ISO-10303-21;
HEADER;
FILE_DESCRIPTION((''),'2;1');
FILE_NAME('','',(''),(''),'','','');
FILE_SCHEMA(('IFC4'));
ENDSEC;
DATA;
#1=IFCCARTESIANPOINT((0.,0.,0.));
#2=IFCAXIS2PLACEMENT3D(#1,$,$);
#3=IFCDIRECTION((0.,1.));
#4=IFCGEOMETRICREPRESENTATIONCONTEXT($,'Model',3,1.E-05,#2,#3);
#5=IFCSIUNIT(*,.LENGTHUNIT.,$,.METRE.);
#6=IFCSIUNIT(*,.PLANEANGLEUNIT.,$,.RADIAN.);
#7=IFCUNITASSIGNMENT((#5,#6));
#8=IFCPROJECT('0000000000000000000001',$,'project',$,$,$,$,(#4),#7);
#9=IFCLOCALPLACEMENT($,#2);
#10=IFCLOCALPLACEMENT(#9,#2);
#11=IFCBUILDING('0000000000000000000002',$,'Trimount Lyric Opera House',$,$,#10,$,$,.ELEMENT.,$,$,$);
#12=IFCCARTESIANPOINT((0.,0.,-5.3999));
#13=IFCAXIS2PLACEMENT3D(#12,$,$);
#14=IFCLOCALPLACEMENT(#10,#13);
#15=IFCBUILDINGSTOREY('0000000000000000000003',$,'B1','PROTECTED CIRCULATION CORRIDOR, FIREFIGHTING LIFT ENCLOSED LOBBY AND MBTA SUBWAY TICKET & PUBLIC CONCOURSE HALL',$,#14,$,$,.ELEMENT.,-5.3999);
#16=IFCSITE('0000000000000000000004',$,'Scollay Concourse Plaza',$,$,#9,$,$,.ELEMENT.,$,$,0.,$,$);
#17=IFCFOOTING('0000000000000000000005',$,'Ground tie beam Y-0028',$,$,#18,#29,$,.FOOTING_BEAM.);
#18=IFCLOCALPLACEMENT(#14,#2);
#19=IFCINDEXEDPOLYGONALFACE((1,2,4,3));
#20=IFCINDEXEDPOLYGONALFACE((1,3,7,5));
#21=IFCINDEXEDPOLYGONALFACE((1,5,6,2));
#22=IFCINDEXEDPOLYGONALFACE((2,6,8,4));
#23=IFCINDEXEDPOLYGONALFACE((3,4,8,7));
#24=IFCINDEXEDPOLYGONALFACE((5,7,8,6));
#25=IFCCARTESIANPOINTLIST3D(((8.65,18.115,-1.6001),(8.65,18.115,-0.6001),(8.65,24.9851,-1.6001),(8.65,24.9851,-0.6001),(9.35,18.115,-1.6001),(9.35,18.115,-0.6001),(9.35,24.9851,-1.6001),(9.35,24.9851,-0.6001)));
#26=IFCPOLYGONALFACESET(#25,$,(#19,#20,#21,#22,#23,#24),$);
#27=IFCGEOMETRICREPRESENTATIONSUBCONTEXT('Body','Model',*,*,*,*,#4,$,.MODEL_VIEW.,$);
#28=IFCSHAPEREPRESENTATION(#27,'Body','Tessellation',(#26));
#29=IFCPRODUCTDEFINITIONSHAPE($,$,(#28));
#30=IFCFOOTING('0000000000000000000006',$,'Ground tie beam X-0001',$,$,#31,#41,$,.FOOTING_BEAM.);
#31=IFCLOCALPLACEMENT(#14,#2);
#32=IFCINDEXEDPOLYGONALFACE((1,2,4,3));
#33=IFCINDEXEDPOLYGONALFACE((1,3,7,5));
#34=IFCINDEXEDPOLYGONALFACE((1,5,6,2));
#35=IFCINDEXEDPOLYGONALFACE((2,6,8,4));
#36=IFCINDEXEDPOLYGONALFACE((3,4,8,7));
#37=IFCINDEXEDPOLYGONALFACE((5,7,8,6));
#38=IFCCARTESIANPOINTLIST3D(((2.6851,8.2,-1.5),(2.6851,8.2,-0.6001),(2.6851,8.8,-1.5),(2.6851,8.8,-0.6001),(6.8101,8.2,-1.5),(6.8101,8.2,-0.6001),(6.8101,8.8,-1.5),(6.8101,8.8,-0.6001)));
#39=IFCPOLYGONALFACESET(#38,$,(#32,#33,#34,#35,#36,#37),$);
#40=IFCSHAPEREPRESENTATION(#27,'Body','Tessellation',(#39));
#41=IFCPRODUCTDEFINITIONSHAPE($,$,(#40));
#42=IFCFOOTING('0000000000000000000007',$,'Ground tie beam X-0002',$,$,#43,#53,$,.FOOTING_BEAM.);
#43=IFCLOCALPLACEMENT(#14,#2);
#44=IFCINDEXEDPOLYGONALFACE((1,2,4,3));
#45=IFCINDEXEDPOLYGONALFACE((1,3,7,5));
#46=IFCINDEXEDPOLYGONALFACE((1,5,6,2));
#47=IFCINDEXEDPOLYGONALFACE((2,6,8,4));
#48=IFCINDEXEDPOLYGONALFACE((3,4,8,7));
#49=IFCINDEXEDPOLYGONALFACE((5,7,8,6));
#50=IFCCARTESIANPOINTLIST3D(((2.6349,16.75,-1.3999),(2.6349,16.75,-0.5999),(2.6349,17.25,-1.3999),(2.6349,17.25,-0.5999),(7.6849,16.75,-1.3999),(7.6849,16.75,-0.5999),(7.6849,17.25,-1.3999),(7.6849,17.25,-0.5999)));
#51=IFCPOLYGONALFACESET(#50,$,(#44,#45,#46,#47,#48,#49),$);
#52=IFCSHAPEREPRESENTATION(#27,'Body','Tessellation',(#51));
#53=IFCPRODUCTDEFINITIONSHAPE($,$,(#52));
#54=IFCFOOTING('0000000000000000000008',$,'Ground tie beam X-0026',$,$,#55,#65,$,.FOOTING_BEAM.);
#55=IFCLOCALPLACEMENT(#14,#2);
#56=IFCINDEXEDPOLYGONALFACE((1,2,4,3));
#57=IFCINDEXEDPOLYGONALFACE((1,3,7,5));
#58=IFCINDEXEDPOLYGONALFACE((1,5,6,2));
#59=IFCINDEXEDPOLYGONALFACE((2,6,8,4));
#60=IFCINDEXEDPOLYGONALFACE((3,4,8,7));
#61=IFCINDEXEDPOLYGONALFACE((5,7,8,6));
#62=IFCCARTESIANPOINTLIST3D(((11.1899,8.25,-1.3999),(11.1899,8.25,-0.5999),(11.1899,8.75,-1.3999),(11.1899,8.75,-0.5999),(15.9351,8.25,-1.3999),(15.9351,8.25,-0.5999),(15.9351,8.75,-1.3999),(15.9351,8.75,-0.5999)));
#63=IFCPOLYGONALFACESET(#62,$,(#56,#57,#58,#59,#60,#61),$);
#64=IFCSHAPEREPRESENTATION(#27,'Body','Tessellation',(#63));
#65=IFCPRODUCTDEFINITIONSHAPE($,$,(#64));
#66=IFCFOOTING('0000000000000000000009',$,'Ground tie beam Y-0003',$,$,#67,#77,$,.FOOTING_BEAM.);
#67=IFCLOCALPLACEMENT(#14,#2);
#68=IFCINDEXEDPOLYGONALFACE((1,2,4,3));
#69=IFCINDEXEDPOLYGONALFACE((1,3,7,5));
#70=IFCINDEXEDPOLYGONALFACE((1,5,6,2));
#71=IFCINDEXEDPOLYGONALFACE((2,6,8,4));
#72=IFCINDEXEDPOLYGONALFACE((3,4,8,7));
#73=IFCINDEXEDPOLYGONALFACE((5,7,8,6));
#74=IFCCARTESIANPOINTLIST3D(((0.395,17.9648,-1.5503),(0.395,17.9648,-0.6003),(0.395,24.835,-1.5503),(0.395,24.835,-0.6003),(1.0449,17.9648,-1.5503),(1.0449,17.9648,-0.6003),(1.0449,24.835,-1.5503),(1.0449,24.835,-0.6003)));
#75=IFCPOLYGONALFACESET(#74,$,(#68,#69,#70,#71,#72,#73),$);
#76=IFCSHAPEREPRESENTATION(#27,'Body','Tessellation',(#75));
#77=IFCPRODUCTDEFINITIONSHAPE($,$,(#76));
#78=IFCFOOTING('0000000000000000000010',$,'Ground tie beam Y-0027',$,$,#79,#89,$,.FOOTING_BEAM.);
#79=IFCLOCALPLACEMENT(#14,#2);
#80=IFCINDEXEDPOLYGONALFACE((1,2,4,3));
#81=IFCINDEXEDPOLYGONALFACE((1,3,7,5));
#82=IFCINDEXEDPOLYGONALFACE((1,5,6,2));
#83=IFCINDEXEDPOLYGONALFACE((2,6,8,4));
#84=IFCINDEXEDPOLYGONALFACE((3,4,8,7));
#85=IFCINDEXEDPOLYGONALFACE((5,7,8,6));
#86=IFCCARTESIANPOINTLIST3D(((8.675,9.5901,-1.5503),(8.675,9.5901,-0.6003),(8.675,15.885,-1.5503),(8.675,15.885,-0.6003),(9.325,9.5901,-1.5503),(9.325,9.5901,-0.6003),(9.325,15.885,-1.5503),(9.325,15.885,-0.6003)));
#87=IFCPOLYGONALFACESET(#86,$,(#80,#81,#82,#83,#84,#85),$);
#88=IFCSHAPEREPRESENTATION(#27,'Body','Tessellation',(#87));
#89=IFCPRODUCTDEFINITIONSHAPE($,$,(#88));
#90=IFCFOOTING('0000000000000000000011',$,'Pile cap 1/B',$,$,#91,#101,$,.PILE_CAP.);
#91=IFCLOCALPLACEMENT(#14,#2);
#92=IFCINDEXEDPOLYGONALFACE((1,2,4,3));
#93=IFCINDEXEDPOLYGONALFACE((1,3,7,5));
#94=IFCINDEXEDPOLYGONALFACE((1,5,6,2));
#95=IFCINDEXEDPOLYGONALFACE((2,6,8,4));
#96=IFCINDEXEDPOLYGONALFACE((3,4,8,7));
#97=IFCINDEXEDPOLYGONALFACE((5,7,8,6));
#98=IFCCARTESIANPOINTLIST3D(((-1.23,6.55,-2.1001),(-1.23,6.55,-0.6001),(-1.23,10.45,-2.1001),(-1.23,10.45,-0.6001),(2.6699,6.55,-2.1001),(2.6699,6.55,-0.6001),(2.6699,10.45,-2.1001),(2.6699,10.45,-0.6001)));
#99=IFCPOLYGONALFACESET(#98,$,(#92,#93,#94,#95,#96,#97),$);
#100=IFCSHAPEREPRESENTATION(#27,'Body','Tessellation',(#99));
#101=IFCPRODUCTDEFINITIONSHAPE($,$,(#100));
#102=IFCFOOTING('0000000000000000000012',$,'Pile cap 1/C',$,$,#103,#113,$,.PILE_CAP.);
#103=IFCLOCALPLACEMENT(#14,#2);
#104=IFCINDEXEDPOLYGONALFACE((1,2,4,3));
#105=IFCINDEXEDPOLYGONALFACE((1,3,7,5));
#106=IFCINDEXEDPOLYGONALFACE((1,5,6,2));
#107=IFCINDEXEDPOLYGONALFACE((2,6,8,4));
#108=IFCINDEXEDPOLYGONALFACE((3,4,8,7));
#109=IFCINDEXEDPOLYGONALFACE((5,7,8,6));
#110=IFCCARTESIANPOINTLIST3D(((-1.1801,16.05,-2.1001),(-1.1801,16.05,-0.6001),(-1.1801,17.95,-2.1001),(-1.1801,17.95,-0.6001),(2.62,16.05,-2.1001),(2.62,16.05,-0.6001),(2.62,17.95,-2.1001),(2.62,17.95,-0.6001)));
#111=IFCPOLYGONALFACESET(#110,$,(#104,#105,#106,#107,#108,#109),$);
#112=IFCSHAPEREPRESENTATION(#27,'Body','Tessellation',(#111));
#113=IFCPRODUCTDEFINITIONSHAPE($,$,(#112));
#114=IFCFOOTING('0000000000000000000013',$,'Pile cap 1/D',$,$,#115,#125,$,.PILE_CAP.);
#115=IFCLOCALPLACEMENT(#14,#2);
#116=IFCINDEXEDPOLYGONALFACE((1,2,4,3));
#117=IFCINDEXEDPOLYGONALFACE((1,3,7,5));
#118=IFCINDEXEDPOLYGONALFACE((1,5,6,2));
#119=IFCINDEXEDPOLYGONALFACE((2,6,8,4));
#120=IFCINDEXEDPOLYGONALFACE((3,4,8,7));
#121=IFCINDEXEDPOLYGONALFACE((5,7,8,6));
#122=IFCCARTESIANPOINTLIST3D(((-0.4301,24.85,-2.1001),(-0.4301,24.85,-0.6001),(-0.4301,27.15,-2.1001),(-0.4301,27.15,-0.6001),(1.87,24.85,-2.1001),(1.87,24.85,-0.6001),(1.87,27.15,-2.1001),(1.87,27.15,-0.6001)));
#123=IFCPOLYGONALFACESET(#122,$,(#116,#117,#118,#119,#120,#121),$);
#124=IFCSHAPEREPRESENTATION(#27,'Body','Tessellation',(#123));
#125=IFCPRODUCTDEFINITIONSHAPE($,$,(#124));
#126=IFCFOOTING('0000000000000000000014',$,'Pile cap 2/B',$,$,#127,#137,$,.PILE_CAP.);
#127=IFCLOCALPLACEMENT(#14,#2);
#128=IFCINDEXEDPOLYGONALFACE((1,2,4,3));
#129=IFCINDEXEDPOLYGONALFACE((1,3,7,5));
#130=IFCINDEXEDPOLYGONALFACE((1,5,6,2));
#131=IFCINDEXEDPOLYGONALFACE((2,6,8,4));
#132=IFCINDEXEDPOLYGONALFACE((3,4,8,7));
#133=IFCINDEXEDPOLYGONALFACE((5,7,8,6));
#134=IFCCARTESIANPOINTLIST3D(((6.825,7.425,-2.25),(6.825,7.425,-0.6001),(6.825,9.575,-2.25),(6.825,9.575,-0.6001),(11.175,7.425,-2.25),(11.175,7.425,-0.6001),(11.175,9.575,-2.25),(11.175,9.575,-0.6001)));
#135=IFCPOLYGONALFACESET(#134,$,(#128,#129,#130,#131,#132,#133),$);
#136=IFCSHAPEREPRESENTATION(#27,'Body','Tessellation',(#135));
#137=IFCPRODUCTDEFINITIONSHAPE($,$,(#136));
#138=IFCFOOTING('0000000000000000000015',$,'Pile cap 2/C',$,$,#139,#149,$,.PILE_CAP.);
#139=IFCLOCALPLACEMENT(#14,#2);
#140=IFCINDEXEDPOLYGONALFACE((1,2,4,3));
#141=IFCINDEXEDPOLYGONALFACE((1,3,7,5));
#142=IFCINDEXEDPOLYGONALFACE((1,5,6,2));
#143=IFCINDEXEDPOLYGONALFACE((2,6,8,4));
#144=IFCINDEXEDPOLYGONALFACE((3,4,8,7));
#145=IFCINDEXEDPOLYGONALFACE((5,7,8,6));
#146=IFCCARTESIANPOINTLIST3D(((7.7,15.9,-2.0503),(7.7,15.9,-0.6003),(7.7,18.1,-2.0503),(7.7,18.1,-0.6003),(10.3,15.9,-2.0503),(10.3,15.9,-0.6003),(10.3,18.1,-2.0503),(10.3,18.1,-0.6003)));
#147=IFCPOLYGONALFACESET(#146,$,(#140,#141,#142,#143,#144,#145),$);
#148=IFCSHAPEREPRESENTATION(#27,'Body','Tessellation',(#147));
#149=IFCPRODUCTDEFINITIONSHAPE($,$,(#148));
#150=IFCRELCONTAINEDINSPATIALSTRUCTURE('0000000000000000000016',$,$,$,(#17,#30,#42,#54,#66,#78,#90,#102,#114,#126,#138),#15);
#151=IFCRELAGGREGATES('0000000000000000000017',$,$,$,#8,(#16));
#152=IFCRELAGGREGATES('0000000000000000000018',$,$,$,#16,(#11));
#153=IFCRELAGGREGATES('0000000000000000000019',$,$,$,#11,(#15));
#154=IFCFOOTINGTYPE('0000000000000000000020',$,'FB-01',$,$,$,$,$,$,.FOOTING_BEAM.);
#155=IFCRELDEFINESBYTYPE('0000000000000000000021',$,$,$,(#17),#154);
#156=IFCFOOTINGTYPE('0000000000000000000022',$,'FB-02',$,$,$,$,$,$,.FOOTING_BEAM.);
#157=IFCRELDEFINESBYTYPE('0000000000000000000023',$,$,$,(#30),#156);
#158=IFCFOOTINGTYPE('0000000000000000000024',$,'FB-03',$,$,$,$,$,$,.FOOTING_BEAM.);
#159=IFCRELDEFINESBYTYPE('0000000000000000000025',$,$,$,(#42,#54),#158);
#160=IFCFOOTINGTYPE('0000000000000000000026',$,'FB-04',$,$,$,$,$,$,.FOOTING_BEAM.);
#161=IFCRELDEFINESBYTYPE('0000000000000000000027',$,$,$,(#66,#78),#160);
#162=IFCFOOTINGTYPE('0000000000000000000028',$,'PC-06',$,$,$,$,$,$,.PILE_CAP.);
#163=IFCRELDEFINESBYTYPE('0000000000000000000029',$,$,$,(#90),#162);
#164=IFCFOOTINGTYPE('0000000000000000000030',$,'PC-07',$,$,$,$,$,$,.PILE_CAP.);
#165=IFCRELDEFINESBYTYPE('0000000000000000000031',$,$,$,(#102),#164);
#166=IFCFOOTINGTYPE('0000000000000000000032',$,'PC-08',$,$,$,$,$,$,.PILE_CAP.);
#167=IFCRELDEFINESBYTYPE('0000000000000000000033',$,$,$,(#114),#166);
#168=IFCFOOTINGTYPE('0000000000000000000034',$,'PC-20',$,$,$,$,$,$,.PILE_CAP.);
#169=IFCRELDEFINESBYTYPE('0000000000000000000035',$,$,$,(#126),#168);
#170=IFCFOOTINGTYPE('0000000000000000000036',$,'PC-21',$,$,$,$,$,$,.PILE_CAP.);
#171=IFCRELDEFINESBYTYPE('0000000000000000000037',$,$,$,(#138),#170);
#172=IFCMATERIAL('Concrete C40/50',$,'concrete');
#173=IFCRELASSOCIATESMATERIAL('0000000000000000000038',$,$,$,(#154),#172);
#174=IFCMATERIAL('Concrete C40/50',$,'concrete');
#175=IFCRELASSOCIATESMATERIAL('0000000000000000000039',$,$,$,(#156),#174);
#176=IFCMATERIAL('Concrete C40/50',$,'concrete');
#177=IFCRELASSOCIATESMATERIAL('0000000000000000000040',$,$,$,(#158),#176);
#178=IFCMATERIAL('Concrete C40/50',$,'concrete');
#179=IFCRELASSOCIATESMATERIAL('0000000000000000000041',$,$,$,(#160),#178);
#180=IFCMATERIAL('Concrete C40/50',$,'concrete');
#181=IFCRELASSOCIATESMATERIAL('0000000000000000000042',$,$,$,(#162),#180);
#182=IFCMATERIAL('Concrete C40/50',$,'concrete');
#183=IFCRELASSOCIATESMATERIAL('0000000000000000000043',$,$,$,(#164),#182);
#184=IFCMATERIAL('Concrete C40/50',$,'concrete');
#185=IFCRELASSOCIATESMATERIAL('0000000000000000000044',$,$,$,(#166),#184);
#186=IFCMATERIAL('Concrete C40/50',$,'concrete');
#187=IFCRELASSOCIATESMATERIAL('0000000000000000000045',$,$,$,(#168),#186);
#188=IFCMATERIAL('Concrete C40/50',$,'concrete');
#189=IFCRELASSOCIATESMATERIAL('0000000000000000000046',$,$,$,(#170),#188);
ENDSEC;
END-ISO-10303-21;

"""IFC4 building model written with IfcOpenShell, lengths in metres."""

from ifc_helpers import new_model, si_unit, direction, frame, origin, origin_2d, place, context, subcontext, project, spatial, rectangle, extrude, material, type_object, element, save


model = new_model("IFC4")

# Units and contexts
model_context = context("Model", 3, precision=1e-05, world=origin(), true_north=direction((0.0, 1.0)))
body_context = subcontext(model_context, "Body", "Model", "MODEL_VIEW")
ifc_project = project(units=[si_unit("LENGTHUNIT", "METRE"), si_unit("PLANEANGLEUNIT", "RADIAN")], contexts=[model_context])

# Site, building, storey
site_placement = place(None, origin())
site = spatial("IfcSite", under=ifc_project, at=site_placement, Name="Scollay Concourse Plaza", CompositionType="ELEMENT", RefElevation=0.0)
building_placement = place(site_placement, origin())
building = spatial("IfcBuilding", under=site, at=building_placement, Name="Trimount Lyric Opera House", CompositionType="ELEMENT")
storey_placement = place(building_placement, frame((0.0, 0.0, -5.3999)))
storey = spatial("IfcBuildingStorey", under=building, at=storey_placement, Name="B1", Description="PROTECTED CIRCULATION CORRIDOR, FIREFIGHTING LIFT ENCLOSED LOBBY AND MBTA SUBWAY TICKET & PUBLIC CONCOURSE HALL", CompositionType="ELEMENT", Elevation=-5.3999)

# Footings
ifc_material_1 = material(Name="Concrete C40/50", Category="concrete")
footing_type_1 = type_object("IfcFootingType", Name="FB-01", PredefinedType="FOOTING_BEAM", material=ifc_material_1)
footing_1_placement = place(storey_placement, frame((9.0, 21.55, -1.6001), z_axis=(0.0, 0.0, 1.0), x_axis=(1.0, 0.0, 0.0)))
element("IfcFooting", 1, at=footing_1_placement, inside=storey, type_object=footing_type_1, Name="Ground tie beam Y-0028", PredefinedType="FOOTING_BEAM", context=body_context, shape_type="SweptSolid", body=[
    extrude(rectangle(XDim=0.7, YDim=6.8701, at=origin_2d()), origin(), (0.0, 0.0, 1.0), 1.0),
])
ifc_material_2 = material(Name="Concrete C40/50", Category="concrete")
footing_type_2 = type_object("IfcFootingType", Name="FB-02", PredefinedType="FOOTING_BEAM", material=ifc_material_2)
footing_2_placement = place(storey_placement, frame((4.7476, 8.5, -1.5), z_axis=(0.0, 0.0, 1.0), x_axis=(1.0, 0.0, 0.0)))
element("IfcFooting", 2, at=footing_2_placement, inside=storey, type_object=footing_type_2, Name="Ground tie beam X-0001", PredefinedType="FOOTING_BEAM", context=body_context, shape_type="SweptSolid", body=[
    extrude(rectangle(XDim=4.125, YDim=0.6001, at=origin_2d()), origin(), (0.0, 0.0, 1.0), 0.8999),
])
ifc_material_3 = material(Name="Concrete C40/50", Category="concrete")
footing_type_3 = type_object("IfcFootingType", Name="FB-03", PredefinedType="FOOTING_BEAM", material=ifc_material_3)
footing_3_placement = place(storey_placement, frame((5.1599, 17.0, -1.3999), z_axis=(0.0, 0.0, 1.0), x_axis=(1.0, 0.0, 0.0)))
element("IfcFooting", 3, at=footing_3_placement, inside=storey, type_object=footing_type_3, Name="Ground tie beam X-0002", PredefinedType="FOOTING_BEAM", context=body_context, shape_type="SweptSolid", body=[
    extrude(rectangle(XDim=5.05, YDim=0.5, at=origin_2d()), origin(), (0.0, 0.0, 1.0), 0.8),
])
footing_4_placement = place(storey_placement, frame((13.5625, 8.5, -1.3999), z_axis=(0.0, 0.0, 1.0), x_axis=(1.0, 0.0, 0.0)))
element("IfcFooting", 4, at=footing_4_placement, inside=storey, type_object=footing_type_3, Name="Ground tie beam X-0026", PredefinedType="FOOTING_BEAM", context=body_context, shape_type="SweptSolid", body=[
    extrude(rectangle(XDim=4.7451, YDim=0.5, at=origin_2d()), origin(), (0.0, 0.0, 1.0), 0.8),
])
ifc_material_4 = material(Name="Concrete C40/50", Category="concrete")
footing_type_4 = type_object("IfcFootingType", Name="FB-04", PredefinedType="FOOTING_BEAM", material=ifc_material_4)
footing_5_placement = place(storey_placement, frame((0.72, 21.3999, -1.5503), z_axis=(0.0, 0.0, 1.0), x_axis=(1.0, 0.0, 0.0)))
element("IfcFooting", 5, at=footing_5_placement, inside=storey, type_object=footing_type_4, Name="Ground tie beam Y-0003", PredefinedType="FOOTING_BEAM", context=body_context, shape_type="SweptSolid", body=[
    extrude(rectangle(XDim=0.6499, YDim=6.8701, at=origin_2d()), origin(), (0.0, 0.0, 1.0), 0.95),
])
footing_6_placement = place(storey_placement, frame((9.0, 12.7375, -1.5503), z_axis=(0.0, 0.0, 1.0), x_axis=(1.0, 0.0, 0.0)))
element("IfcFooting", 6, at=footing_6_placement, inside=storey, type_object=footing_type_4, Name="Ground tie beam Y-0027", PredefinedType="FOOTING_BEAM", context=body_context, shape_type="SweptSolid", body=[
    extrude(rectangle(XDim=0.6499, YDim=6.2949, at=origin_2d()), origin(), (0.0, 0.0, 1.0), 0.95),
])
ifc_material_5 = material(Name="Concrete C40/50", Category="concrete")
footing_type_5 = type_object("IfcFootingType", Name="PC-06", PredefinedType="PILE_CAP", material=ifc_material_5)
footing_7_placement = place(storey_placement, frame((0.72, 8.5, -2.1001), z_axis=(0.0, 0.0, 1.0), x_axis=(1.0, 0.0, 0.0)))
element("IfcFooting", 7, at=footing_7_placement, inside=storey, type_object=footing_type_5, Name="Pile cap 1/B", PredefinedType="PILE_CAP", context=body_context, shape_type="SweptSolid", body=[
    extrude(rectangle(XDim=3.8999, YDim=3.8999, at=origin_2d()), origin(), (0.0, 0.0, 1.0), 1.5),
])
ifc_material_6 = material(Name="Concrete C40/50", Category="concrete")
footing_type_6 = type_object("IfcFootingType", Name="PC-07", PredefinedType="PILE_CAP", material=ifc_material_6)
footing_8_placement = place(storey_placement, frame((0.72, 17.0, -2.1001), z_axis=(0.0, 0.0, 1.0), x_axis=(1.0, 0.0, 0.0)))
element("IfcFooting", 8, at=footing_8_placement, inside=storey, type_object=footing_type_6, Name="Pile cap 1/C", PredefinedType="PILE_CAP", context=body_context, shape_type="SweptSolid", body=[
    extrude(rectangle(XDim=3.8, YDim=1.8999, at=origin_2d()), origin(), (0.0, 0.0, 1.0), 1.5),
])
ifc_material_7 = material(Name="Concrete C40/50", Category="concrete")
footing_type_7 = type_object("IfcFootingType", Name="PC-08", PredefinedType="PILE_CAP", material=ifc_material_7)
footing_9_placement = place(storey_placement, frame((0.72, 26.0, -2.1001), z_axis=(0.0, 0.0, 1.0), x_axis=(1.0, 0.0, 0.0)))
element("IfcFooting", 9, at=footing_9_placement, inside=storey, type_object=footing_type_7, Name="Pile cap 1/D", PredefinedType="PILE_CAP", context=body_context, shape_type="SweptSolid", body=[
    extrude(rectangle(XDim=2.3, YDim=2.3, at=origin_2d()), origin(), (0.0, 0.0, 1.0), 1.5),
])
ifc_material_8 = material(Name="Concrete C40/50", Category="concrete")
footing_type_8 = type_object("IfcFootingType", Name="PC-20", PredefinedType="PILE_CAP", material=ifc_material_8)
footing_10_placement = place(storey_placement, frame((9.0, 8.5, -2.25), z_axis=(0.0, 0.0, 1.0), x_axis=(1.0, 0.0, 0.0)))
element("IfcFooting", 10, at=footing_10_placement, inside=storey, type_object=footing_type_8, Name="Pile cap 2/B", PredefinedType="PILE_CAP", context=body_context, shape_type="SweptSolid", body=[
    extrude(rectangle(XDim=4.3501, YDim=2.1499, at=origin_2d()), origin(), (0.0, 0.0, 1.0), 1.6499),
])
ifc_material_9 = material(Name="Concrete C40/50", Category="concrete")
footing_type_9 = type_object("IfcFootingType", Name="PC-21", PredefinedType="PILE_CAP", material=ifc_material_9)
footing_11_placement = place(storey_placement, frame((9.0, 17.0, -2.0503), z_axis=(0.0, 0.0, 1.0), x_axis=(1.0, 0.0, 0.0)))
element("IfcFooting", 11, at=footing_11_placement, inside=storey, type_object=footing_type_9, Name="Pile cap 2/C", PredefinedType="PILE_CAP", context=body_context, shape_type="SweptSolid", body=[
    extrude(rectangle(XDim=2.6001, YDim=2.2, at=origin_2d()), origin(), (0.0, 0.0, 1.0), 1.45),
])

save(model, "model.ifc")
